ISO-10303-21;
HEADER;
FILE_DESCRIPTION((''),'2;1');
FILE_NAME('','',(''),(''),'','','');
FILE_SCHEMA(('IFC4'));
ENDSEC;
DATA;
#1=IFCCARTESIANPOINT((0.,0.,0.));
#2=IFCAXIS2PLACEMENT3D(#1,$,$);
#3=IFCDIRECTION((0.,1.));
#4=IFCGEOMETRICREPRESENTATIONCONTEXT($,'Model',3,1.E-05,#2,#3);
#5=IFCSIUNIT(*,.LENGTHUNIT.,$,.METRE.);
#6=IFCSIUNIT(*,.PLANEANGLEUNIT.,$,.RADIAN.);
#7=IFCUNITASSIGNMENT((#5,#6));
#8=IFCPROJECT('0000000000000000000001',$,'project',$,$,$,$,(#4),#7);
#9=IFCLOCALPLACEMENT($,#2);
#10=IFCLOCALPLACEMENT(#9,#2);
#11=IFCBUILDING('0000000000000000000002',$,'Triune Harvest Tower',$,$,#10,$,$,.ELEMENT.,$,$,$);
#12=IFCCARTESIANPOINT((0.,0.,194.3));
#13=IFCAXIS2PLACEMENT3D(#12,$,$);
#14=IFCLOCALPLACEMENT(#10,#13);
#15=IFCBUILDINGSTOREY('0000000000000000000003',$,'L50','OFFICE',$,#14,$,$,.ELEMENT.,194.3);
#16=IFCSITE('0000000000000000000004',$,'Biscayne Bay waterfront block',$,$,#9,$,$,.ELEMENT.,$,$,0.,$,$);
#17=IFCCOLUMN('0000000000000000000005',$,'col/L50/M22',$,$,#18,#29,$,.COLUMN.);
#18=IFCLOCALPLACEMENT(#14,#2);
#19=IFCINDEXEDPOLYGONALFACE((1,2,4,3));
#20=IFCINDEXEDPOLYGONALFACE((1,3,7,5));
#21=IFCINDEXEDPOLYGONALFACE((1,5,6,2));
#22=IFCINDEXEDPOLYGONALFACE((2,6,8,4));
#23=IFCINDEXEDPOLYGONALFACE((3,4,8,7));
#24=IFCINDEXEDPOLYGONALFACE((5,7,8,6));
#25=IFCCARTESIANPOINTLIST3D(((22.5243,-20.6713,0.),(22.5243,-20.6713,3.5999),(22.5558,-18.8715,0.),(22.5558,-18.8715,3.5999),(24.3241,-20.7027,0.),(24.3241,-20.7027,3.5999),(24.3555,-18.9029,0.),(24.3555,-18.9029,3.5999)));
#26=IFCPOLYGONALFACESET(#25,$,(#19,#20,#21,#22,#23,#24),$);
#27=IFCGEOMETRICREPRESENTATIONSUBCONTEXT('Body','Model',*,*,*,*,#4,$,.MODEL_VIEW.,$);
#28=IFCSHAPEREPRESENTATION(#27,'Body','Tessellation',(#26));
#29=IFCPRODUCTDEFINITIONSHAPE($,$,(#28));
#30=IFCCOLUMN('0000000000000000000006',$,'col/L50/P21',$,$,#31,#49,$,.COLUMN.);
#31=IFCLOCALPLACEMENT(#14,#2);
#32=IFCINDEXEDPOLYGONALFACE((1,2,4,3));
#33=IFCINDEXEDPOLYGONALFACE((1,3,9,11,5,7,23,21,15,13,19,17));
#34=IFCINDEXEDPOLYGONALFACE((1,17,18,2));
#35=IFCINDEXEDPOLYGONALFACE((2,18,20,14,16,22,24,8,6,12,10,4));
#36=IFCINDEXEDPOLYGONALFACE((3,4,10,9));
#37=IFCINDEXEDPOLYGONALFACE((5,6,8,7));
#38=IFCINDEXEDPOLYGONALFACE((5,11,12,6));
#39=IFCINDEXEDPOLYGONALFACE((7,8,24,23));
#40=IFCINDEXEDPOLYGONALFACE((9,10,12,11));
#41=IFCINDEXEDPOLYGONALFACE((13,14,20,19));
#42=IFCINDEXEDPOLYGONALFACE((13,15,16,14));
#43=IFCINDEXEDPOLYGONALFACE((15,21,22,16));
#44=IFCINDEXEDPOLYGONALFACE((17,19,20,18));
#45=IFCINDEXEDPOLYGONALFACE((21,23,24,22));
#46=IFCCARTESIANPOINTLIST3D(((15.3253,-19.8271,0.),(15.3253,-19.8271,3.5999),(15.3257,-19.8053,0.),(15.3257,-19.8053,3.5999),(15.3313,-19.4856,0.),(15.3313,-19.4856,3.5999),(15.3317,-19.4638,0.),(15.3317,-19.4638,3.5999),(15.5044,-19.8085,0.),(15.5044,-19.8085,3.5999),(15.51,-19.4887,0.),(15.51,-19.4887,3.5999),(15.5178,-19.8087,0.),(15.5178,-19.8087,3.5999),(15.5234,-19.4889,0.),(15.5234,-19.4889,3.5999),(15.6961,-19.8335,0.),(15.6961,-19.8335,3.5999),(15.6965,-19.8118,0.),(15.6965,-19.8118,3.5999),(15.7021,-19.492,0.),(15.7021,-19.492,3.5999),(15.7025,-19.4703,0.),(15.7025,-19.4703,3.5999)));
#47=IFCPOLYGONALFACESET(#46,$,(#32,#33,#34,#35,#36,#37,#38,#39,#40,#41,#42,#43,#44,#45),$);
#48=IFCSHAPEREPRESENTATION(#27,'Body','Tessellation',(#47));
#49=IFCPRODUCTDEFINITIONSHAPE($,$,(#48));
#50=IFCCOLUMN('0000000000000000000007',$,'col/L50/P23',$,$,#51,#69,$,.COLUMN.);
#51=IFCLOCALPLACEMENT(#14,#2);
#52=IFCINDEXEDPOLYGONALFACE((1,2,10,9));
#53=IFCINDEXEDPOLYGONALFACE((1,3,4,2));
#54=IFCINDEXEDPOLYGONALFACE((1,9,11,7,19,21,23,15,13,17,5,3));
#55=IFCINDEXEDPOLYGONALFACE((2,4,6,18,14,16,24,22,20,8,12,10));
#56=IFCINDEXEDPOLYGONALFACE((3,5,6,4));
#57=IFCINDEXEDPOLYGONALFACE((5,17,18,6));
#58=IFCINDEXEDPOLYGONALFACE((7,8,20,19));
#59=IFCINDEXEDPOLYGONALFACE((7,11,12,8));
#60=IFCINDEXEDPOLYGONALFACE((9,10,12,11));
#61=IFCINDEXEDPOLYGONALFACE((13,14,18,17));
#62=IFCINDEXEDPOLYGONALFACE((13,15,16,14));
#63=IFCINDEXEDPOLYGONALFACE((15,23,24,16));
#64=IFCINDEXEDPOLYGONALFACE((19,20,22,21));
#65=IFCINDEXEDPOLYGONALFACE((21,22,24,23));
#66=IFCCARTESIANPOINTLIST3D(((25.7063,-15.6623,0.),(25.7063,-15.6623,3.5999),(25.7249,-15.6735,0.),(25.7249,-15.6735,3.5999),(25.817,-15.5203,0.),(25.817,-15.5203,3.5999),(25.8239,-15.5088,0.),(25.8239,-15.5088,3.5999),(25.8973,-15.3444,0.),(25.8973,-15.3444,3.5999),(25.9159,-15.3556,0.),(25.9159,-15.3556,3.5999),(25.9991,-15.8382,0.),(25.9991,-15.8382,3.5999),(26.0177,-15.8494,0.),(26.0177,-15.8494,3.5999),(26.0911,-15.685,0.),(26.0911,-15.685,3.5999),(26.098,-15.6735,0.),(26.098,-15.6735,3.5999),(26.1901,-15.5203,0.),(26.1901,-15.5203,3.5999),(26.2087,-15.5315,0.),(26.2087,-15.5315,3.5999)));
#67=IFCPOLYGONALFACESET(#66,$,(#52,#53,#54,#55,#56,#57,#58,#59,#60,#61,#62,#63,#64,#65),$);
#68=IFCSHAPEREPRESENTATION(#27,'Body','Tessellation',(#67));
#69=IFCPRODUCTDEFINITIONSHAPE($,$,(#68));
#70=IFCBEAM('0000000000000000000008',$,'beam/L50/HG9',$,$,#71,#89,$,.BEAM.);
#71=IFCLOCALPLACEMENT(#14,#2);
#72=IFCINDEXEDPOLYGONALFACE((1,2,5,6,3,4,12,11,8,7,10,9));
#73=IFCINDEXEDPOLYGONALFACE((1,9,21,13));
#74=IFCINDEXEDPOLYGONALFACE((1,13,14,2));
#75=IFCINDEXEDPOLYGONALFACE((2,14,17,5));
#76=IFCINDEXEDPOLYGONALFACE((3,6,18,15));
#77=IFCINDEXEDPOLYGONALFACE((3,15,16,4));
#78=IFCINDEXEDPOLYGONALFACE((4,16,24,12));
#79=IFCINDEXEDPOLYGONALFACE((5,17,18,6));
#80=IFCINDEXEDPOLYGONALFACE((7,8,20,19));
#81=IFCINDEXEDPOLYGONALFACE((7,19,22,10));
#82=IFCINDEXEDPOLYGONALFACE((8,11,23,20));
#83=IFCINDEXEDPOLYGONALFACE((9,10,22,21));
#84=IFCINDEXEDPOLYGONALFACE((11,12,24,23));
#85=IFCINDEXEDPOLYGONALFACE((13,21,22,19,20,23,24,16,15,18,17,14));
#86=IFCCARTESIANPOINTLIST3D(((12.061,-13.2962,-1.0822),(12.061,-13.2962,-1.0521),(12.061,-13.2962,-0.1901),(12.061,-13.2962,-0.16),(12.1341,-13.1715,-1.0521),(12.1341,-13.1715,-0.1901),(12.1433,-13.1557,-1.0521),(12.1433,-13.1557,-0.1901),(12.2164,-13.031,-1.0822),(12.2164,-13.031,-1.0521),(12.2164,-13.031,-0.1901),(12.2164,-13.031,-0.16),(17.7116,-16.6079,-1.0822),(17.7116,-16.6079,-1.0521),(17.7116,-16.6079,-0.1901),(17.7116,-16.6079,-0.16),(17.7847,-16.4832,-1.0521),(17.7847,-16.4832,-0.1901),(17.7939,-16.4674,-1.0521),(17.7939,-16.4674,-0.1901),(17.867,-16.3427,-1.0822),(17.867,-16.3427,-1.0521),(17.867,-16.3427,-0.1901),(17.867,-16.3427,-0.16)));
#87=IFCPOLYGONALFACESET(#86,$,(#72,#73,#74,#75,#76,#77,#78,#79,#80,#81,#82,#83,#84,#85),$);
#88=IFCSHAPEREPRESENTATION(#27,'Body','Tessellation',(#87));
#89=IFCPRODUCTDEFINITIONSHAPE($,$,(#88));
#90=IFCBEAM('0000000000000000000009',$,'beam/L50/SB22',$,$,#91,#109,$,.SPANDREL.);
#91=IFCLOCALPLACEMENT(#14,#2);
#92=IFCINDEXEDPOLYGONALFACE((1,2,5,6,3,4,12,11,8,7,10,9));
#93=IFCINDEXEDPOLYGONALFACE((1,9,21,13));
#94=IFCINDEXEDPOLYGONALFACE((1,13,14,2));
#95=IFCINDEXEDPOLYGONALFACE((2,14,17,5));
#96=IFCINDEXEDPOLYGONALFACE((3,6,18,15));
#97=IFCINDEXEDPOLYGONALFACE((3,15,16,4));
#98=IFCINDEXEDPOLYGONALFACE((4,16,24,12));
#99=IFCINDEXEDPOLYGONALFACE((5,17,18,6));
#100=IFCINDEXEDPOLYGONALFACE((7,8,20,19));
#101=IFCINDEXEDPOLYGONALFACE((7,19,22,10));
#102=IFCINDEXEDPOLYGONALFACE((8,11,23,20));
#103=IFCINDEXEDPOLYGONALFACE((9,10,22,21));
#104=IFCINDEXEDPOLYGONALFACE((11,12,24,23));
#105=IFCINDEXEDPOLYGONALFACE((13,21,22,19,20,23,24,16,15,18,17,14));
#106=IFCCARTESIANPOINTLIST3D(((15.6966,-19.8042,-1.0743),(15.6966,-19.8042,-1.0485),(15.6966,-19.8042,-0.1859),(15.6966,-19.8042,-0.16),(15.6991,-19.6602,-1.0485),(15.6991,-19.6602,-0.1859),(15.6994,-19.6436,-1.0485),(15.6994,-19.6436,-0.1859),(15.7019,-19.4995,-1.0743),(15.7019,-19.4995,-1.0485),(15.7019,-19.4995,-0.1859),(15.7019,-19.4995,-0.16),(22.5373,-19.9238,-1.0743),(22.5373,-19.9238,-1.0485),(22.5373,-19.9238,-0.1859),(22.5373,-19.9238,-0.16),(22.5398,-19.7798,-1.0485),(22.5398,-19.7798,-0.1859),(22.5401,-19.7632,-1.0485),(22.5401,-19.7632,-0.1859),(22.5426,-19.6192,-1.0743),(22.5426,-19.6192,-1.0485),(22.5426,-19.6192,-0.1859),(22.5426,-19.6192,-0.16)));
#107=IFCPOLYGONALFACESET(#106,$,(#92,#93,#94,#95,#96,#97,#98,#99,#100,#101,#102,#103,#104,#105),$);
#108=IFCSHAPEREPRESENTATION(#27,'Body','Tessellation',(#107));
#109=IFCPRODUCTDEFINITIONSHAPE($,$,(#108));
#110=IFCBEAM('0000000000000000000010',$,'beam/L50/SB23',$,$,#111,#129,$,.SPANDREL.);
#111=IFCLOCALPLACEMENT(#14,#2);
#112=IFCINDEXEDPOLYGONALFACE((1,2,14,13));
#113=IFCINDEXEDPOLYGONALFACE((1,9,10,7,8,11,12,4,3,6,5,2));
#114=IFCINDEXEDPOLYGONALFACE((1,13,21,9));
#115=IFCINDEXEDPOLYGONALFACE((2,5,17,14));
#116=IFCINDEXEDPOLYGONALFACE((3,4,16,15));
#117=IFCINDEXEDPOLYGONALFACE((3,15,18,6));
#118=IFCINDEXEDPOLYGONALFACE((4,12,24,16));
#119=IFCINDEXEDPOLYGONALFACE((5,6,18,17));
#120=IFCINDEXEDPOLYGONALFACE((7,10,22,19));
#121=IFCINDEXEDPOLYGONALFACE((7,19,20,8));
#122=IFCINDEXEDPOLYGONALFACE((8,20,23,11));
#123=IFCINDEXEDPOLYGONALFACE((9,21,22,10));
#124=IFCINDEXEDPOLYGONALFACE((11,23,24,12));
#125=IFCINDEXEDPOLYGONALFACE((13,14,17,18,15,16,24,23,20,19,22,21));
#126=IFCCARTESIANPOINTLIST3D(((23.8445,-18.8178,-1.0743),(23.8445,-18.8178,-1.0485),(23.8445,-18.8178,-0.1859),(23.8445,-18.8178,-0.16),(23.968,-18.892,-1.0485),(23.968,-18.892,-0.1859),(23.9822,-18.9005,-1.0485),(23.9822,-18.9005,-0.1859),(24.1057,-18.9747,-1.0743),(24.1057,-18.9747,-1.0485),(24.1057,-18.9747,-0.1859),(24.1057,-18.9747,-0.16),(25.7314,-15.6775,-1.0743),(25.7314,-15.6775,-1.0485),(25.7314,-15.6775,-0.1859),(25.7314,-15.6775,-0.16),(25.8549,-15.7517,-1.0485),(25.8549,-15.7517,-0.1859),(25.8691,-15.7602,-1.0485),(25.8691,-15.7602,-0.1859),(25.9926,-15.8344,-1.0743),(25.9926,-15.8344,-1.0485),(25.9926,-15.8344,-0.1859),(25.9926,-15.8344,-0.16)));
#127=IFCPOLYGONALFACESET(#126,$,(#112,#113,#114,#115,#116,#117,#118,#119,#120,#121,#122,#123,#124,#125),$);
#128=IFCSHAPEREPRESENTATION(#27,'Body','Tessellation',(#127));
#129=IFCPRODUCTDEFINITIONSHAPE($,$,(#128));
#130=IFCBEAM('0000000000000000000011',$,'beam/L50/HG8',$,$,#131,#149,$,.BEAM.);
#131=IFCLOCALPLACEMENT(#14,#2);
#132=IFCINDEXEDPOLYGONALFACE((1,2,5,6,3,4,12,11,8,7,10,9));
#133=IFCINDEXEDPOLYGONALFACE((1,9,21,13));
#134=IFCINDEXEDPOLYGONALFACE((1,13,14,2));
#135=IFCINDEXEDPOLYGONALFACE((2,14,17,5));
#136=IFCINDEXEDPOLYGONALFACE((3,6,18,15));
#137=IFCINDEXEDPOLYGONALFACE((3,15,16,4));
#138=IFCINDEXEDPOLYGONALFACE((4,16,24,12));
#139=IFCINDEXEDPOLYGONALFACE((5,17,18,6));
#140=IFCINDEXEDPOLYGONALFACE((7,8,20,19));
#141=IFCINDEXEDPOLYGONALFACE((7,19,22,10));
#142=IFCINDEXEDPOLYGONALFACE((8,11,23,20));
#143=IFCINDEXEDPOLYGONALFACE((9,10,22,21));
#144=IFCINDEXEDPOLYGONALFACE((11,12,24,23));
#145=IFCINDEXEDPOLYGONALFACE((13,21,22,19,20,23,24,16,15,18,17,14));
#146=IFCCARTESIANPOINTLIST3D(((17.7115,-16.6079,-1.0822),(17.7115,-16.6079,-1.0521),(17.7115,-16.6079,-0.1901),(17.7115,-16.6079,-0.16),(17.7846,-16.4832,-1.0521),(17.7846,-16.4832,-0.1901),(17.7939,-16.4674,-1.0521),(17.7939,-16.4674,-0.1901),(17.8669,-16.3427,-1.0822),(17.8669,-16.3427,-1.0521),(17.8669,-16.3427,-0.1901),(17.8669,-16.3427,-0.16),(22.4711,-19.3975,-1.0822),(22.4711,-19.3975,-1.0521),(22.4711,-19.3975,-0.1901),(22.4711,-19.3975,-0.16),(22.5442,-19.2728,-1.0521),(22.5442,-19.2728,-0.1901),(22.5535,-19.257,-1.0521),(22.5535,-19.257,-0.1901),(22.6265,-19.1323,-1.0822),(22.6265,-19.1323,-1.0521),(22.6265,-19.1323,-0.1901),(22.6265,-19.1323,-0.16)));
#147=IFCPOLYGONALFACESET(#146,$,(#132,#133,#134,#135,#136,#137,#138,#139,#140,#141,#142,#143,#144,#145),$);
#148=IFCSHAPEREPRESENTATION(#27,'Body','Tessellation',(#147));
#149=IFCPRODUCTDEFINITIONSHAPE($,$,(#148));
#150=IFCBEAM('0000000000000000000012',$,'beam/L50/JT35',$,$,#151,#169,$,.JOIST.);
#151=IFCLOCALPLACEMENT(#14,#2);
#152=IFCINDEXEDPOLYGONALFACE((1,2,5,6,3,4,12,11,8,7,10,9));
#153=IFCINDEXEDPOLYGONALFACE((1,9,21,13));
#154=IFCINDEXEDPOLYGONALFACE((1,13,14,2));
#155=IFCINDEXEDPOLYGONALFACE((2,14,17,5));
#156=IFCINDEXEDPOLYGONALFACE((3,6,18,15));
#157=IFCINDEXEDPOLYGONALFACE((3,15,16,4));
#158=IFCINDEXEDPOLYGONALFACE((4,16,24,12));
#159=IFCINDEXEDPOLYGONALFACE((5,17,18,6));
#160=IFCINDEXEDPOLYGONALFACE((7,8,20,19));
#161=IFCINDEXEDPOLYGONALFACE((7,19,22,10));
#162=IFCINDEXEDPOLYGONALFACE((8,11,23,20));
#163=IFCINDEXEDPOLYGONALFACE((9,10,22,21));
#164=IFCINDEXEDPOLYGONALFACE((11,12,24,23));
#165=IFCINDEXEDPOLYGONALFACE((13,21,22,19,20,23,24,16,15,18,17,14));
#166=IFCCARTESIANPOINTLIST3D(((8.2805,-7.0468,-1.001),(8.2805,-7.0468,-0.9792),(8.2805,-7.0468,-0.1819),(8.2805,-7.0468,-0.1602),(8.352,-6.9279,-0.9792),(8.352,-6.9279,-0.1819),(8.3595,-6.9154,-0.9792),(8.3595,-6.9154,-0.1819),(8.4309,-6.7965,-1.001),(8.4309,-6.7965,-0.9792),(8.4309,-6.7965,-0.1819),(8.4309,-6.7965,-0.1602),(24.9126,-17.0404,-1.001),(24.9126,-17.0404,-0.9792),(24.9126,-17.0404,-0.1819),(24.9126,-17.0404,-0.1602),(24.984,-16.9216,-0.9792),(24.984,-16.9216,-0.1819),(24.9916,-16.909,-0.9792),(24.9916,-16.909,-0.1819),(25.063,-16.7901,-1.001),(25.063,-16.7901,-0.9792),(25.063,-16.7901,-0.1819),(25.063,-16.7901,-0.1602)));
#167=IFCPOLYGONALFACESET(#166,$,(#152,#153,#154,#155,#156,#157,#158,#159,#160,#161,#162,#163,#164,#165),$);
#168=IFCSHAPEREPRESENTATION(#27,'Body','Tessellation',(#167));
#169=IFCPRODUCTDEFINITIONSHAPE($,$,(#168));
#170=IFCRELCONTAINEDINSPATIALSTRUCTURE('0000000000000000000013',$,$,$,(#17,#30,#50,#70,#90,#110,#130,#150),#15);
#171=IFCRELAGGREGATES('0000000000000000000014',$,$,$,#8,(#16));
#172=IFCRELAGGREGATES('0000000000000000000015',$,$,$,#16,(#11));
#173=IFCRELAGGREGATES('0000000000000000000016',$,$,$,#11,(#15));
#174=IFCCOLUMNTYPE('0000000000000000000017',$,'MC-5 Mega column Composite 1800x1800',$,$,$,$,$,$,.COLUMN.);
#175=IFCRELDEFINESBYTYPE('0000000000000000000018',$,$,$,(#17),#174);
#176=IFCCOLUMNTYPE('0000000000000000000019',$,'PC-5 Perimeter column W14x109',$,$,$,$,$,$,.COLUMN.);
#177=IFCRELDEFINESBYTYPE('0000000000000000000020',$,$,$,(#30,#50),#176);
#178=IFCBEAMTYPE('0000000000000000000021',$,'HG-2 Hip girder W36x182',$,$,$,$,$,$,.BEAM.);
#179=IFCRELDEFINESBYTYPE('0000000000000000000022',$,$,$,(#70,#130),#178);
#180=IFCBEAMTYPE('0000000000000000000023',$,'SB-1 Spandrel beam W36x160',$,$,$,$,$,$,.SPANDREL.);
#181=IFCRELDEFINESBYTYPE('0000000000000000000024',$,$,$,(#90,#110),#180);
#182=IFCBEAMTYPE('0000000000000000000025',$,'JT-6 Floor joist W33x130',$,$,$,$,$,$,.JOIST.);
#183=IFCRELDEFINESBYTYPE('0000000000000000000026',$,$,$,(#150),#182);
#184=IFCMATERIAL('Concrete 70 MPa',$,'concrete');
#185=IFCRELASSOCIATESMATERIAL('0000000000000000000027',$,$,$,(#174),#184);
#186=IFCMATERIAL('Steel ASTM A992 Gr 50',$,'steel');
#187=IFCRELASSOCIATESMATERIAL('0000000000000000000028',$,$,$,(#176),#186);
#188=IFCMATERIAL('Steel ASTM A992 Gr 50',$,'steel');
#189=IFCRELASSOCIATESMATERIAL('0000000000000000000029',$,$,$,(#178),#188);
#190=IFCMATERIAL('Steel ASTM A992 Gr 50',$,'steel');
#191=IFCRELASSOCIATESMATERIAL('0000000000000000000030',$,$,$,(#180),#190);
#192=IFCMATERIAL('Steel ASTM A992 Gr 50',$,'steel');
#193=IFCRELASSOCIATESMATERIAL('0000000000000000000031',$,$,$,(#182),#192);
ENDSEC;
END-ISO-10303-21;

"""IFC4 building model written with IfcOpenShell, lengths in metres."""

from ifc_helpers import new_model, si_unit, direction, frame, origin, origin_2d, place, context, subcontext, project, spatial, rectangle, i_section, extrude, source, transform, mapped, material, material_profile, profile_set, type_object, element, save


model = new_model("IFC4")

# Units and contexts
model_context = context("Model", 3, precision=1e-05, world=origin(), true_north=direction((0.0, 1.0)))
body_context = subcontext(model_context, "Body", "Model", "MODEL_VIEW")
ifc_project = project(units=[si_unit("LENGTHUNIT", "METRE"), si_unit("PLANEANGLEUNIT", "RADIAN")], contexts=[model_context])

# Site, building, storey
site_placement = place(None, origin())
site = spatial("IfcSite", under=ifc_project, at=site_placement, Name="Biscayne Bay waterfront block", CompositionType="ELEMENT", RefElevation=0.0)
building_placement = place(site_placement, origin())
building = spatial("IfcBuilding", under=site, at=building_placement, Name="Triune Harvest Tower", CompositionType="ELEMENT")
storey_placement = place(building_placement, frame((0.0, 0.0, 194.3)))
storey = spatial("IfcBuildingStorey", under=building, at=storey_placement, Name="L50", Description="OFFICE", CompositionType="ELEMENT", Elevation=194.3)

# Columns
ifc_material_1 = material(Name="Concrete 70 MPa", Category="concrete")
ifc_material_profile_1 = material_profile(ifc_material_1, rectangle(XDim=1.8, YDim=1.8, at=origin_2d()), Name="Composite 1800x1800")
ifc_profile_set_1 = profile_set([ifc_material_profile_1], Name="Concrete 70 MPa")
column_type_1 = type_object("IfcColumnType", Name="MC-5 Mega column Composite 1800x1800", PredefinedType="COLUMN", material=ifc_profile_set_1)
shared_shape_1 = source(origin(), body_context, "Body", "SweptSolid", [
    extrude(rectangle(XDim=1.8, YDim=1.8, at=origin_2d()), origin(), (0.0, 0.0, 1.0), 3.5999),
])
column_placement = place(storey_placement, frame((23.4399, -19.7871, 0.0), z_axis=(0.0, 0.0, 1.0), x_axis=(0.999848, -0.017452, 0.0)))
element("IfcColumn", 1, at=column_placement, inside=storey, type_object=column_type_1, Name="col/L50/M22", PredefinedType="COLUMN", context=body_context, shape_type="MappedRepresentation", body=[
    mapped(shared_shape_1, transform((0.0, 0.0, 0.0), scale=1.0)),
])
ifc_material_2 = material(Name="Steel ASTM A992 Gr 50", Category="steel")
ifc_material_profile_2 = material_profile(ifc_material_2, i_section(OverallWidth=0.3708, OverallDepth=0.3633, WebThickness=0.0134, FlangeThickness=0.0217, at=origin_2d()), Name="W14x109")
ifc_profile_set_2 = profile_set([ifc_material_profile_2], Name="Steel ASTM A992 Gr 50")
column_type_2 = type_object("IfcColumnType", Name="PC-5 Perimeter column W14x109", PredefinedType="COLUMN", material=ifc_profile_set_2)
shared_shape_2 = source(origin(), body_context, "Body", "SweptSolid", [
    extrude(i_section(OverallWidth=0.3708, OverallDepth=0.3633, WebThickness=0.0134, FlangeThickness=0.0217, at=origin_2d()), origin(), (0.0, 0.0, 1.0), 3.5999),
])
for number, where, z_axis, x_axis, name in (
    (2, (15.5139, -19.6487, 0.0), (0.0, 0.0, 1.0), (0.999848, -0.017452, 0.0), "col/L50/P21"),
    (3, (25.9575, -15.5969, 0.0), (0.0, 0.0, 1.0), (0.51504, 0.857166, 0.0), "col/L50/P23"),
):
    element("IfcColumn", number, at=place(storey_placement, frame(where, z_axis=z_axis, x_axis=x_axis)), inside=storey, type_object=column_type_2, Name=name, PredefinedType="COLUMN", context=body_context, shape_type="MappedRepresentation", body=[
        mapped(shared_shape_2, transform((0.0, 0.0, 0.0), scale=1.0)),
    ])

# Beams
ifc_material_3 = material(Name="Steel ASTM A992 Gr 50", Category="steel")
ifc_material_profile_3 = material_profile(ifc_material_3, i_section(OverallWidth=0.3074, OverallDepth=0.9221, WebThickness=0.0183, FlangeThickness=0.03, at=origin_2d()), Name="W36x182")
ifc_profile_set_3 = profile_set([ifc_material_profile_3], Name="Steel ASTM A992 Gr 50")
beam_type_1 = type_object("IfcBeamType", Name="HG-2 Hip girder W36x182", PredefinedType="BEAM", material=ifc_profile_set_3)
shared_shape_3 = source(origin(), body_context, "Body", "SweptSolid", [
    extrude(i_section(OverallWidth=0.3074, OverallDepth=0.9221, WebThickness=0.0183, FlangeThickness=0.03, at=origin_2d()), origin(), (0.0, 0.0, 1.0), 6.5496),
])
beam_1_placement = place(storey_placement, frame((17.7893, -16.4753, -0.6211), z_axis=(-0.862743, 0.505643, 0.0), x_axis=(-0.505643, -0.862743, 0.0)))
element("IfcBeam", 4, at=beam_1_placement, inside=storey, type_object=beam_type_1, Name="beam/L50/HG9", PredefinedType="BEAM", context=body_context, shape_type="MappedRepresentation", body=[
    mapped(shared_shape_3, transform((0.0, 0.0, 0.0), scale=1.0)),
])
ifc_material_4 = material(Name="Steel ASTM A992 Gr 50", Category="steel")
ifc_material_profile_4 = material_profile(ifc_material_4, i_section(OverallWidth=0.3047, OverallDepth=0.9143, WebThickness=0.0166, FlangeThickness=0.0259, at=origin_2d()), Name="W36x160")
ifc_profile_set_4 = profile_set([ifc_material_profile_4], Name="Steel ASTM A992 Gr 50")
beam_type_2 = type_object("IfcBeamType", Name="SB-1 Spandrel beam W36x160", PredefinedType="SPANDREL", material=ifc_profile_set_4)
shared_shape_4 = source(origin(), body_context, "Body", "SweptSolid", [
    extrude(i_section(OverallWidth=0.3047, OverallDepth=0.9143, WebThickness=0.0166, FlangeThickness=0.0259, at=origin_2d()), origin(), (0.0, 0.0, 1.0), 6.8418),
])
beam_2_placement = place(storey_placement, frame((15.6992, -19.6519, -0.6172), z_axis=(0.999847, -0.017485, 0.0), x_axis=(0.017485, 0.999847, 0.0)))
element("IfcBeam", 5, at=beam_2_placement, inside=storey, type_object=beam_type_2, Name="beam/L50/SB22", PredefinedType="SPANDREL", context=body_context, shape_type="MappedRepresentation", body=[
    mapped(shared_shape_4, transform((0.0, 0.0, 0.0), scale=1.0)),
])
shared_shape_5 = source(origin(), body_context, "Body", "SweptSolid", [
    extrude(i_section(OverallWidth=0.3047, OverallDepth=0.9143, WebThickness=0.0166, FlangeThickness=0.0259, at=origin_2d()), origin(), (0.0, 0.0, 1.0), 3.6636),
])
beam_3_placement = place(storey_placement, frame((23.9751, -18.8962, -0.6172), z_axis=(0.515044, 0.857163, 0.0), x_axis=(-0.857163, 0.515044, 0.0)))
element("IfcBeam", 6, at=beam_3_placement, inside=storey, type_object=beam_type_2, Name="beam/L50/SB23", PredefinedType="SPANDREL", context=body_context, shape_type="MappedRepresentation", body=[
    mapped(shared_shape_5, transform((0.0, 0.0, 0.0), scale=1.0)),
])
shared_shape_6 = source(origin(), body_context, "Body", "SweptSolid", [
    extrude(i_section(OverallWidth=0.3074, OverallDepth=0.9221, WebThickness=0.0183, FlangeThickness=0.03, at=origin_2d()), origin(), (0.0, 0.0, 1.0), 5.5168),
])
beam_4_placement = place(storey_placement, frame((22.5488, -19.2649, -0.6211), z_axis=(-0.862739, 0.50565, 0.0), x_axis=(-0.50565, -0.862739, 0.0)))
element("IfcBeam", 7, at=beam_4_placement, inside=storey, type_object=beam_type_1, Name="beam/L50/HG8", PredefinedType="BEAM", context=body_context, shape_type="MappedRepresentation", body=[
    mapped(shared_shape_6, transform((0.0, 0.0, 0.0), scale=1.0)),
])
ifc_material_5 = material(Name="Steel ASTM A992 Gr 50", Category="steel")
ifc_material_profile_5 = material_profile(ifc_material_5, i_section(OverallWidth=0.292, OverallDepth=0.8408, WebThickness=0.0146, FlangeThickness=0.0217, at=origin_2d()), Name="W33x130")
ifc_profile_set_5 = profile_set([ifc_material_profile_5], Name="Steel ASTM A992 Gr 50")
beam_type_3 = type_object("IfcBeamType", Name="JT-6 Floor joist W33x130", PredefinedType="JOIST", material=ifc_profile_set_5)
shared_shape_7 = source(origin(), body_context, "Body", "SweptSolid", [
    extrude(i_section(OverallWidth=0.292, OverallDepth=0.8408, WebThickness=0.0146, FlangeThickness=0.0217, at=origin_2d()), origin(), (0.0, 0.0, 1.0), 19.4036),
])
beam_5_placement = place(storey_placement, frame((24.9878, -16.9153, -0.5806), z_axis=(-0.857165, 0.515041, 0.0), x_axis=(-0.515041, -0.857165, 0.0)))
element("IfcBeam", 8, at=beam_5_placement, inside=storey, type_object=beam_type_3, Name="beam/L50/JT35", PredefinedType="JOIST", context=body_context, shape_type="MappedRepresentation", body=[
    mapped(shared_shape_7, transform((0.0, 0.0, 0.0), scale=1.0)),
])

save(model, "model.ifc")
